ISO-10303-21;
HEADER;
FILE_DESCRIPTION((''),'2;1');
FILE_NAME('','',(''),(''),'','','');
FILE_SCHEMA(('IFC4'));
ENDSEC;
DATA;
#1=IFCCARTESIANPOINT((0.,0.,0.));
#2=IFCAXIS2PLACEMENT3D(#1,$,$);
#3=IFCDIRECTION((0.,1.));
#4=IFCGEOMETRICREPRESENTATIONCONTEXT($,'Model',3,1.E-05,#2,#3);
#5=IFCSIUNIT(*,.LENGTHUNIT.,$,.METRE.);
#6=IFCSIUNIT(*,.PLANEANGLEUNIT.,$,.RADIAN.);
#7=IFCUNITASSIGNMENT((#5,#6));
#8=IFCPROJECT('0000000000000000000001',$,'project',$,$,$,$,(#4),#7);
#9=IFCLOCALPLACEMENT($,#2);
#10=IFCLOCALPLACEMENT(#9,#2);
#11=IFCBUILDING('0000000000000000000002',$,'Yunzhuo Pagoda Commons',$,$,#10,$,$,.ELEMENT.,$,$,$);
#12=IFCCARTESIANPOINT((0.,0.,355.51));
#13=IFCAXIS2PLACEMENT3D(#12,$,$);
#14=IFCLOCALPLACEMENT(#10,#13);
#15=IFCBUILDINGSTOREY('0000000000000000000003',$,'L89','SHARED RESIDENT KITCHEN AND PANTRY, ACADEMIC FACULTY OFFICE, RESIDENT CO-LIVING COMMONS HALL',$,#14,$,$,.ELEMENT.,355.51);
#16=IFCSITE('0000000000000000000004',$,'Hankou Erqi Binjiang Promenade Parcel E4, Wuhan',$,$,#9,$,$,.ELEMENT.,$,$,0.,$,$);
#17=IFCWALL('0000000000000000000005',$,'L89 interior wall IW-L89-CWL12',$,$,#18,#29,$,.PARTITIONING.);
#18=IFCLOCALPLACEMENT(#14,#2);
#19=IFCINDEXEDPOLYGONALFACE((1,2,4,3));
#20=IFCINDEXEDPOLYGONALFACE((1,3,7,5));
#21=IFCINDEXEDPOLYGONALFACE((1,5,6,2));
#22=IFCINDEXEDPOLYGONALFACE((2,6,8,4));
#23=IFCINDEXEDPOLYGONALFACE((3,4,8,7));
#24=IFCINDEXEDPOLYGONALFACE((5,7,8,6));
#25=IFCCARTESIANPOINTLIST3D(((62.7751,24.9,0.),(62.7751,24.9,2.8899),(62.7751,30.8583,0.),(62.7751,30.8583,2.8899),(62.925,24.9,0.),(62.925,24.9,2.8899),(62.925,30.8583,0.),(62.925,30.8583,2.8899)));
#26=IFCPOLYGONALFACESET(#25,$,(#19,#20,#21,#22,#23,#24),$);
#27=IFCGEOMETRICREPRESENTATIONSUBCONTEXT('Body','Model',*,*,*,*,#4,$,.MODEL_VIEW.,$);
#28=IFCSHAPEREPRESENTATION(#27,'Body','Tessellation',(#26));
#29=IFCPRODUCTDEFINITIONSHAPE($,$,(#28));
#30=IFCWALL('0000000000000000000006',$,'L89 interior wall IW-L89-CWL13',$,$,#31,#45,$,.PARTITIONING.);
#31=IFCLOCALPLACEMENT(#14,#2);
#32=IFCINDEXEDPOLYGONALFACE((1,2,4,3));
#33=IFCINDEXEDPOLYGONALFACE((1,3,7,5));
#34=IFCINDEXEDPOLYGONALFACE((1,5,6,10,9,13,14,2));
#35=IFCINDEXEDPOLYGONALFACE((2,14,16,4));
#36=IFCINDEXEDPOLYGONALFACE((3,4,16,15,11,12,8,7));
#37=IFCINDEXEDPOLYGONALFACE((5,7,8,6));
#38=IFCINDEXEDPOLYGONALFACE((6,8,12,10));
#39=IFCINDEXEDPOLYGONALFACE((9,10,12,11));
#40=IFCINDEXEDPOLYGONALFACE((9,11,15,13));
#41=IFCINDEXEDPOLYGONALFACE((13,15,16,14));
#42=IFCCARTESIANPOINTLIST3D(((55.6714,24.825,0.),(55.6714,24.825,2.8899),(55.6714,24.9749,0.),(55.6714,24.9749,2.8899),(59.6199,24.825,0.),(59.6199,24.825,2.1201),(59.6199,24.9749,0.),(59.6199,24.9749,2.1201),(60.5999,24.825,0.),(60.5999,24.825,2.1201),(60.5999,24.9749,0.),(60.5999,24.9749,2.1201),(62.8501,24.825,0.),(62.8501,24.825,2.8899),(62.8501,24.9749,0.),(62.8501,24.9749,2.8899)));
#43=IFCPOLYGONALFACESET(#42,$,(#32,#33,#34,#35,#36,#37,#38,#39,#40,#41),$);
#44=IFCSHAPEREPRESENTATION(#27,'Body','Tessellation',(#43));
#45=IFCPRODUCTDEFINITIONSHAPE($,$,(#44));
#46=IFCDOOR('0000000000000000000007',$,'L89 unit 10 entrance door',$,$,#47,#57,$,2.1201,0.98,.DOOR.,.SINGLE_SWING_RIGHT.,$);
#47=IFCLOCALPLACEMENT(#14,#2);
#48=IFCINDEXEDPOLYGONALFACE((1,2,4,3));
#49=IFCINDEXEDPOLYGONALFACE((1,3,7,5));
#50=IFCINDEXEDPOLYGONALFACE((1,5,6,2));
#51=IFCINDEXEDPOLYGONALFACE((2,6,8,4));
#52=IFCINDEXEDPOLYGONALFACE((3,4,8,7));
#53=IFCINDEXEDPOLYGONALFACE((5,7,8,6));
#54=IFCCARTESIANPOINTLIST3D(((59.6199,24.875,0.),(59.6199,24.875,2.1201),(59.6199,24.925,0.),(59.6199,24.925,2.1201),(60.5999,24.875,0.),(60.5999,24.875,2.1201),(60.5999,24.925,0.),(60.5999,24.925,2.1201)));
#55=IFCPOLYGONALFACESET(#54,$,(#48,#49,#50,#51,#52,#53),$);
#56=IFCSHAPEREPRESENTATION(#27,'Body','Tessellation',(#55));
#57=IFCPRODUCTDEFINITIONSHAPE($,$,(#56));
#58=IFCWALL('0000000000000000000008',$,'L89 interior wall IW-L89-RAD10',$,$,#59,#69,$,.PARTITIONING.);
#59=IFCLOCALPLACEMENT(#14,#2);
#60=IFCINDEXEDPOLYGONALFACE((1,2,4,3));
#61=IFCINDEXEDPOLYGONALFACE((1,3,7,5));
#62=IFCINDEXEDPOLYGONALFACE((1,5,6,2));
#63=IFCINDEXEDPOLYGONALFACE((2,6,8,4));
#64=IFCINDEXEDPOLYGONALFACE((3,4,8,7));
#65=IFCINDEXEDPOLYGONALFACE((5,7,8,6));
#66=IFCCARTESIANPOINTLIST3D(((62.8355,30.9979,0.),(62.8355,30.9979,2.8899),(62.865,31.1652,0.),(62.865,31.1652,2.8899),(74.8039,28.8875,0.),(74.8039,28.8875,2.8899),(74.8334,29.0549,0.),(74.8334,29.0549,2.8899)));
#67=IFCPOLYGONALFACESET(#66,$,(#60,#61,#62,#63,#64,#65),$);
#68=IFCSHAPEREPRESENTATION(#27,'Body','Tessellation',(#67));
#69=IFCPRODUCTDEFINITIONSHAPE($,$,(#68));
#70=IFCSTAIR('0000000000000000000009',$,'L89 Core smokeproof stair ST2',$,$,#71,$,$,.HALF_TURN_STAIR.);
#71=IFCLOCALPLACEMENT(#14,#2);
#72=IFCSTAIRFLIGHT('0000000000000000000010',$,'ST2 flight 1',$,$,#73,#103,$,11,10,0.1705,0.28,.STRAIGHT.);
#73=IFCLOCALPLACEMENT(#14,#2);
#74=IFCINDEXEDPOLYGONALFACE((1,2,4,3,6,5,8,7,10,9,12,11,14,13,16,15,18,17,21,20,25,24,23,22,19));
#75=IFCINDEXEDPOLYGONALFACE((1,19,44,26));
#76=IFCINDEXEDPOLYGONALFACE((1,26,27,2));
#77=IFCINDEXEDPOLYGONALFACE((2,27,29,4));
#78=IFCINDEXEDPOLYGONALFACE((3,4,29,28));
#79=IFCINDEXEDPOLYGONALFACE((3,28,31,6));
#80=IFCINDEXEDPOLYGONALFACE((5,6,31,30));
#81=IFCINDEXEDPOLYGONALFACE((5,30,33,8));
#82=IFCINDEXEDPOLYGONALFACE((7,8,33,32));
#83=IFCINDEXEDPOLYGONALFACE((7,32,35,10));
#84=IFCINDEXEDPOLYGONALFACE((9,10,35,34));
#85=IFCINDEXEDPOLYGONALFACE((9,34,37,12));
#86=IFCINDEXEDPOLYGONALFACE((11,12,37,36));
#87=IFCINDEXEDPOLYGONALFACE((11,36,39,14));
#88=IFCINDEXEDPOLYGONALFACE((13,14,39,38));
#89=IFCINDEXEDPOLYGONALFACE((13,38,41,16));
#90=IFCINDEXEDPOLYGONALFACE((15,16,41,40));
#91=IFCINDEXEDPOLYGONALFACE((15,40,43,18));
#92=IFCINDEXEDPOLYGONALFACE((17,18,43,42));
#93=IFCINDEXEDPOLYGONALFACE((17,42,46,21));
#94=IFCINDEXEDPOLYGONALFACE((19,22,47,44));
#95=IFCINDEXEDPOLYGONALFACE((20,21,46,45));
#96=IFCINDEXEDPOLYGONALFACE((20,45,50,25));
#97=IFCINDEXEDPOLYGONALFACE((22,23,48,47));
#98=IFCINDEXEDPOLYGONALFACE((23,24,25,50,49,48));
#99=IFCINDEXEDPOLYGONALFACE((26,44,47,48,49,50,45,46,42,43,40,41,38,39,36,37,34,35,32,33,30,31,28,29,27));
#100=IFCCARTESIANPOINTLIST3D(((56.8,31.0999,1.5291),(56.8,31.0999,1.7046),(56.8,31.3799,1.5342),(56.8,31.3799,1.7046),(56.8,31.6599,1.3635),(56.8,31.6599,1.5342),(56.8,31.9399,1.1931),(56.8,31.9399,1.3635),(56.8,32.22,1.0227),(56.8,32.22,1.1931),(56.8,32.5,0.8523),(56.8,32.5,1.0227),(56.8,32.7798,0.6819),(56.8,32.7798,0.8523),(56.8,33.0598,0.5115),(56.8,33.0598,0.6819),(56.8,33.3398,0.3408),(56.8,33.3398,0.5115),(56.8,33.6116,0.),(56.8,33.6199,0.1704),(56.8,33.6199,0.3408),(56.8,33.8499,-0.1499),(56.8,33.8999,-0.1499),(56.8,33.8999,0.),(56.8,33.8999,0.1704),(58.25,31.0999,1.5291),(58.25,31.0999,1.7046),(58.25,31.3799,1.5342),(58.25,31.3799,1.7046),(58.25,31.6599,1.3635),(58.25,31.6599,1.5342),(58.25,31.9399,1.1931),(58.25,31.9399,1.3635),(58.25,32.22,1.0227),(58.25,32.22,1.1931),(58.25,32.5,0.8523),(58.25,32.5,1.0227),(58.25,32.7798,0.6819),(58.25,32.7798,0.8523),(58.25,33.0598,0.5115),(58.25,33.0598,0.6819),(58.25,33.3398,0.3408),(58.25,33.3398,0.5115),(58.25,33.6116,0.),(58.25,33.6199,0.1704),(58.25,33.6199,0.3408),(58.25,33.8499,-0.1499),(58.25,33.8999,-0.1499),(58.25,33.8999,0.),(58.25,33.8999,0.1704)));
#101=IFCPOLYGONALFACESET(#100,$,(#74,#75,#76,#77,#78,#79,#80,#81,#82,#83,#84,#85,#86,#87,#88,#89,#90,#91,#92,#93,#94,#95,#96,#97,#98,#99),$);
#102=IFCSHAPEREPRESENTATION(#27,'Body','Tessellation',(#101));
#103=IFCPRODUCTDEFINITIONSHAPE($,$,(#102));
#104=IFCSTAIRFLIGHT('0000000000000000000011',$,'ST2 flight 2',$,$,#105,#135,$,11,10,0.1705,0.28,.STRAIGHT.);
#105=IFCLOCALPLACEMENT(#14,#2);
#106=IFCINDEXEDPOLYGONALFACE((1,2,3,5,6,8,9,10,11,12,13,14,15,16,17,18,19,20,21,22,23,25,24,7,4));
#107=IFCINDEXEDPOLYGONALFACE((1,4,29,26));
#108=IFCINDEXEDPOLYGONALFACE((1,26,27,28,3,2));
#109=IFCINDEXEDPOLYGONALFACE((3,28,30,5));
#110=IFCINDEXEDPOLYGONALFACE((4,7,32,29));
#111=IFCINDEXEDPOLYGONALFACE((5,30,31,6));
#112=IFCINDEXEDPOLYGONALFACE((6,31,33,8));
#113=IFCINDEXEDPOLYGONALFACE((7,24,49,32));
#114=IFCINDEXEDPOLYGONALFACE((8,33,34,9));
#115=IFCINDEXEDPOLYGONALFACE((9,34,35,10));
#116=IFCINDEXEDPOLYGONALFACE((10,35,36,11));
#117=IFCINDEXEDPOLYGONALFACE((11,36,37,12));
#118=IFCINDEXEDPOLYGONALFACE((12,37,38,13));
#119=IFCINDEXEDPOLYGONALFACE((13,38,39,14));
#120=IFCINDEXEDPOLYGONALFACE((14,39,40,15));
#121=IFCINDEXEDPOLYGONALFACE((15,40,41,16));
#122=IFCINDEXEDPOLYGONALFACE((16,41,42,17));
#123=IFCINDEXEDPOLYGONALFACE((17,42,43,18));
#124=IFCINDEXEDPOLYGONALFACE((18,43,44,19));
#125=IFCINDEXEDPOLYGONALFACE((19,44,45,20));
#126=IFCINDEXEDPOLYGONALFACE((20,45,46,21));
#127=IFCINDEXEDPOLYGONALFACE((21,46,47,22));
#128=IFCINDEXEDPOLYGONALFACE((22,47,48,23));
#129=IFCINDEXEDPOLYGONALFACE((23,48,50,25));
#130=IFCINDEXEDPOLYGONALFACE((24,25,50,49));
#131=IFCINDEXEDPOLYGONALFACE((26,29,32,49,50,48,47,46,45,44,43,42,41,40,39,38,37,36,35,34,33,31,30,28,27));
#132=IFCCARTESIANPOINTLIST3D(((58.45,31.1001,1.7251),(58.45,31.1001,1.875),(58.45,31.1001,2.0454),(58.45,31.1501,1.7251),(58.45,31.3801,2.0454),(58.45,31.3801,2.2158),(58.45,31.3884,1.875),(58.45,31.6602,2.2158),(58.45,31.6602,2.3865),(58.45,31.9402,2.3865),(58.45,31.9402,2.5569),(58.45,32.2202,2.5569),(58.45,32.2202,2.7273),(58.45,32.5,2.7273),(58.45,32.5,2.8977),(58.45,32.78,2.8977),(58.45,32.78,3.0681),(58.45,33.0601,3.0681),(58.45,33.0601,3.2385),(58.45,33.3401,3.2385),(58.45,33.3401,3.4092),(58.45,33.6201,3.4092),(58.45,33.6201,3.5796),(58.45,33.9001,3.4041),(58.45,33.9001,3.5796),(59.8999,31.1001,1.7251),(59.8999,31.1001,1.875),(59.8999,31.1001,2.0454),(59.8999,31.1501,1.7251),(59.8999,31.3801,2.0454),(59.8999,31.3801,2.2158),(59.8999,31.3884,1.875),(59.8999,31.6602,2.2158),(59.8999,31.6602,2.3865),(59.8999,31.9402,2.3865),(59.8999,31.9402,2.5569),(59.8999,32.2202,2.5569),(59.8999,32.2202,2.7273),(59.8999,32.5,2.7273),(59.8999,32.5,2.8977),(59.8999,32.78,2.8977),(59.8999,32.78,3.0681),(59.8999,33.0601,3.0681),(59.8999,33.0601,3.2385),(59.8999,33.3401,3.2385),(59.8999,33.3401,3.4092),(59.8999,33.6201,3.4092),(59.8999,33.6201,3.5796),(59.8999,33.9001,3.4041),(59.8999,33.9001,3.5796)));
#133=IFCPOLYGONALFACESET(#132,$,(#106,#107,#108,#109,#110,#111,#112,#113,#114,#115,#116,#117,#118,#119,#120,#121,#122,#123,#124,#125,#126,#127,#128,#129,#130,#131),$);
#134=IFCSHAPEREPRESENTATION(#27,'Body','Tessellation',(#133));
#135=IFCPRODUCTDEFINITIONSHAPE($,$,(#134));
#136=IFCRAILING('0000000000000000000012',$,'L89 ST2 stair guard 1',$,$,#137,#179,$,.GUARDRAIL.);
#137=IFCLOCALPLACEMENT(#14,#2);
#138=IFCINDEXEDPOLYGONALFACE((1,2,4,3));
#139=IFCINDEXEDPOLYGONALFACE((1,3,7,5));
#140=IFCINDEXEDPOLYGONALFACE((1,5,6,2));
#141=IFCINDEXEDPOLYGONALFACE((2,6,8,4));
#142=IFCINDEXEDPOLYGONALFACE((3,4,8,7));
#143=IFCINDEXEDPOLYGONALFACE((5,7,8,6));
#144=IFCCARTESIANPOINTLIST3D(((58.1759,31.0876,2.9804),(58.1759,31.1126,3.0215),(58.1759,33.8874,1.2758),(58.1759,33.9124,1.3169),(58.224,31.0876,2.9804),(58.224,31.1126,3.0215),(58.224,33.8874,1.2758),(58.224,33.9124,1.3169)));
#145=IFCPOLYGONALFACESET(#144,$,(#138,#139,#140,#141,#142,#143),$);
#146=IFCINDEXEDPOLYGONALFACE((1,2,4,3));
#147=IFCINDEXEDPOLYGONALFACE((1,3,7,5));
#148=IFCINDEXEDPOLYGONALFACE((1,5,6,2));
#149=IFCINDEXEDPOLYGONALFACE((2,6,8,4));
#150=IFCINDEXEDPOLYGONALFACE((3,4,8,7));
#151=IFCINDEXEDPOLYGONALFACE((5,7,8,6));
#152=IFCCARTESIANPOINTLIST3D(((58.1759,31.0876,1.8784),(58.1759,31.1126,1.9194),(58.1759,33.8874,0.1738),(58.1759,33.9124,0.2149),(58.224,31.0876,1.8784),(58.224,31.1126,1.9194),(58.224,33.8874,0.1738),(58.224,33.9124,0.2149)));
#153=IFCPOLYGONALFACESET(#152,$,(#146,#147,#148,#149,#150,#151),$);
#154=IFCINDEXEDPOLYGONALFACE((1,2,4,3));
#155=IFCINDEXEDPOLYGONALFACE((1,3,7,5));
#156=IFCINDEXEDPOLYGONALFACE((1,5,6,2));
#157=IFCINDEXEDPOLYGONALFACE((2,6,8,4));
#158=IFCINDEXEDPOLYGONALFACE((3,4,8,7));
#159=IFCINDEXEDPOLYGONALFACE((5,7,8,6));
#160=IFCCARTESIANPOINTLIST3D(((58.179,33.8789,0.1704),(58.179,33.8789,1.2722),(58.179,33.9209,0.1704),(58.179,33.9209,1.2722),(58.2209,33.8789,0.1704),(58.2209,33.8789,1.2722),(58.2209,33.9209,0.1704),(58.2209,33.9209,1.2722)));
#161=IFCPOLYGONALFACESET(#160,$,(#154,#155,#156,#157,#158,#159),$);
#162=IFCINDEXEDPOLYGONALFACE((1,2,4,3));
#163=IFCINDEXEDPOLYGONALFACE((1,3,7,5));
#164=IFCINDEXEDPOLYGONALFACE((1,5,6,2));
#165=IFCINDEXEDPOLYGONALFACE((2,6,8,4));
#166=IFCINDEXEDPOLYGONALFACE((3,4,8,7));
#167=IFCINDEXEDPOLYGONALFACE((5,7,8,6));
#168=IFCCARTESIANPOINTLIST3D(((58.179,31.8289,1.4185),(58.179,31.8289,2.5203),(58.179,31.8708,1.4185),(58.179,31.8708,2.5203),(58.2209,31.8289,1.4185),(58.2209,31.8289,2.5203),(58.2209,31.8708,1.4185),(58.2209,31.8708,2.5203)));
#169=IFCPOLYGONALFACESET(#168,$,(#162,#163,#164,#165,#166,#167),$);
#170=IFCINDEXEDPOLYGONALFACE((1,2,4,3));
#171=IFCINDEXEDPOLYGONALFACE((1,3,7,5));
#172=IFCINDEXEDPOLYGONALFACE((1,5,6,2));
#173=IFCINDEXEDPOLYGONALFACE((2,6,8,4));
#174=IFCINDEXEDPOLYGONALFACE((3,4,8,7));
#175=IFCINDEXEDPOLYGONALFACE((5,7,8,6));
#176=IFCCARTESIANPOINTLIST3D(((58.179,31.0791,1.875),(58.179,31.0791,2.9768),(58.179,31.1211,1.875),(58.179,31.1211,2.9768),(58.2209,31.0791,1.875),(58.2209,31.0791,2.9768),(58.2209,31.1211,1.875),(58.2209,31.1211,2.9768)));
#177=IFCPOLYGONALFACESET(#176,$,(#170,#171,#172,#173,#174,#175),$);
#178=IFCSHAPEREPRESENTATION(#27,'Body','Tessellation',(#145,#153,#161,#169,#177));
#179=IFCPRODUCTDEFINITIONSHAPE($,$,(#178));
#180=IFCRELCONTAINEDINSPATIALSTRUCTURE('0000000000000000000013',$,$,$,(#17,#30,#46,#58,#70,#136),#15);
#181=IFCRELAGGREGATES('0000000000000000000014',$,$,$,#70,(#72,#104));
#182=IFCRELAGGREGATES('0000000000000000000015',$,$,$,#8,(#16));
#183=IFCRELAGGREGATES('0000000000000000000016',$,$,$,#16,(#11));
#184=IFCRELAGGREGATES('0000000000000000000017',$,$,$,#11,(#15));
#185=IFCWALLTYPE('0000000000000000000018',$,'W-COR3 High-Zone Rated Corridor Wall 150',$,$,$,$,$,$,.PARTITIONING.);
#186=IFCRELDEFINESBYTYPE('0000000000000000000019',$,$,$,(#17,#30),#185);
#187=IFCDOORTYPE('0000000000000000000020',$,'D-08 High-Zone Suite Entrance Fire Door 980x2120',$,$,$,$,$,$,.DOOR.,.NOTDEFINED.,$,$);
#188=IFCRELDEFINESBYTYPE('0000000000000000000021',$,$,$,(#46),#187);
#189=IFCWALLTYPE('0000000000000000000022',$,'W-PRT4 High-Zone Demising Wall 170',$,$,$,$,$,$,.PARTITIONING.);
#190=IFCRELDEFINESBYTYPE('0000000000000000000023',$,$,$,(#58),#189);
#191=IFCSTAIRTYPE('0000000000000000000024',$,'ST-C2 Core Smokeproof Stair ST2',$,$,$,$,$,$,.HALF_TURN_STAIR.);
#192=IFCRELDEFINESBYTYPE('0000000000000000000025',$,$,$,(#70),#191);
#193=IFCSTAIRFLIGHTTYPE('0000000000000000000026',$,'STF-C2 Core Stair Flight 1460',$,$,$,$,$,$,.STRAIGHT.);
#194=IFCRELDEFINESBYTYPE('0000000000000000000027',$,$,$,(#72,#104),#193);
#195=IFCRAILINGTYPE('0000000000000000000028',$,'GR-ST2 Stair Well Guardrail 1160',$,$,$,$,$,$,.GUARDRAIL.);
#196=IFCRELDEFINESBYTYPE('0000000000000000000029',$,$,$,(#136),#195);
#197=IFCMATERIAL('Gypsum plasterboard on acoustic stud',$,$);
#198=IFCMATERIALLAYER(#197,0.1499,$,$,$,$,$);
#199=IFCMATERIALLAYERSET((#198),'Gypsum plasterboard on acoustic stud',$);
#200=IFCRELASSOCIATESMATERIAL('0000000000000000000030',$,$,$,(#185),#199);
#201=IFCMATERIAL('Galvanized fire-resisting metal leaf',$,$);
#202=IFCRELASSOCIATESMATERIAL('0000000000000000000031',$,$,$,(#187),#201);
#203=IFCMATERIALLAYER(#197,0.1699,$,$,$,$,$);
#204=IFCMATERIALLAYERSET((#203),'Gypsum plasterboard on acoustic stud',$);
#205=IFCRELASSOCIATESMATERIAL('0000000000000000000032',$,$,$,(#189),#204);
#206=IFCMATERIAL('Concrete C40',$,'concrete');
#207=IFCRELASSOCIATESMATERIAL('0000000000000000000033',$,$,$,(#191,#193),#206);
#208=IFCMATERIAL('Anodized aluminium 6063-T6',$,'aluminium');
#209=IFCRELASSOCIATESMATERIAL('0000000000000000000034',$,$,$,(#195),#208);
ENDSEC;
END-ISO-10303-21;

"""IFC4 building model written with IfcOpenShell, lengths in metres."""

from ifc_helpers import new_model, si_unit, direction, frame, frame_2d, origin, origin_with_axes, origin_2d, place, context, subcontext, project, spatial, polyline, rectangle, outline, extrude, source, transform, mapped, material, layer, layer_set, type_object, element, fill, aggregate, save


model = new_model("IFC4")

# Units and contexts
model_context = context("Model", 3, precision=1e-05, world=origin(), true_north=direction((0.0, 1.0)))
body_context = subcontext(model_context, "Body", "Model", "MODEL_VIEW")
ifc_project = project(units=[si_unit("LENGTHUNIT", "METRE"), si_unit("PLANEANGLEUNIT", "RADIAN")], contexts=[model_context])

# Site, building, storey
site_placement = place(None, origin())
site = spatial("IfcSite", under=ifc_project, at=site_placement, Name="Hankou Erqi Binjiang Promenade Parcel E4, Wuhan", CompositionType="ELEMENT", RefElevation=0.0)
building_placement = place(site_placement, origin())
building = spatial("IfcBuilding", under=site, at=building_placement, Name="Yunzhuo Pagoda Commons", CompositionType="ELEMENT")
storey_placement = place(building_placement, frame((0.0, 0.0, 355.51)))
storey = spatial("IfcBuildingStorey", under=building, at=storey_placement, Name="L89", Description="SHARED RESIDENT KITCHEN AND PANTRY, ACADEMIC FACULTY OFFICE, RESIDENT CO-LIVING COMMONS HALL", CompositionType="ELEMENT", Elevation=355.51)

# Shared definitions
ifc_material_1 = material(Name="Anodized aluminium 6063-T6", Category="aluminium")

# Wall
ifc_material_2 = material(Name="Gypsum plasterboard on acoustic stud")
ifc_layer_1 = layer(ifc_material_2, 0.1499)
ifc_layer_set_1 = layer_set([ifc_layer_1], Name="Gypsum plasterboard on acoustic stud")
wall_type_1 = type_object("IfcWallType", Name="W-COR3 High-Zone Rated Corridor Wall 150", PredefinedType="PARTITIONING", material=ifc_layer_set_1)
wall_1_placement = place(storey_placement, frame((62.8501, 30.8582, 0.0), z_axis=(0.0, 0.0, 1.0), x_axis=(0.0, -1.0, 0.0)))
element("IfcWall", 1, at=wall_1_placement, inside=storey, type_object=wall_type_1, Name="L89 interior wall IW-L89-CWL12", PredefinedType="PARTITIONING", context=body_context, shape_type="SweptSolid", body=[
    extrude(rectangle(XDim=5.9583, YDim=0.1499, at=frame_2d((2.979, 0.0))), origin(), (0.0, 0.0, 1.0), 2.8899),
])

# Wall, opening, door
wall_2_placement = place(storey_placement, frame((62.8501, 24.8999, 0.0), z_axis=(0.0, 0.0, 1.0), x_axis=(-1.0, 0.0, 0.0)))
wall_2 = element("IfcWall", 2, at=wall_2_placement, inside=storey, type_object=wall_type_1, Name="L89 interior wall IW-L89-CWL13", PredefinedType="PARTITIONING", context=body_context, shape_type="SweptSolid", body=[
    extrude(rectangle(XDim=7.1787, YDim=0.1499, at=frame_2d((3.5894, 0.0))), origin(), (0.0, 0.0, 1.0), 2.8899),
])
opening_placement = place(wall_2_placement, frame((2.2502, 0.0, 0.0)))
opening = element("IfcOpeningElement", 3, at=opening_placement, cuts=wall_2, PredefinedType="OPENING", context=body_context, shape_type="SweptSolid", body=[
    extrude(rectangle(XDim=0.98, YDim=2.1201, at=frame_2d((0.49, 1.0601))), frame((0.0, 0.085, 0.0), z_axis=(0.0, -1.0, 0.0), x_axis=(1.0, 0.0, 0.0)), (0.0, 0.0, 1.0), 0.1699),
])
ifc_material_3 = material(Name="Galvanized fire-resisting metal leaf")
door_type = type_object("IfcDoorType", Name="D-08 High-Zone Suite Entrance Fire Door 980x2120", OperationType="NOTDEFINED", PredefinedType="DOOR", material=ifc_material_3)
shared_shape_1 = source(origin(), body_context, "Body", "SweptSolid", [
    extrude(rectangle(XDim=0.98, YDim=2.1201, at=frame_2d((0.49, 1.0601))), frame((0.0, 0.0249, 0.0), z_axis=(0.0, -1.0, 0.0), x_axis=(1.0, 0.0, 0.0)), (0.0, 0.0, 1.0), 0.05),
])
door_placement = place(opening_placement, origin_with_axes())
door = element("IfcDoor", 4, at=door_placement, inside=storey, type_object=door_type, Name="L89 unit 10 entrance door", OperationType="SINGLE_SWING_RIGHT", OverallHeight=2.1201, OverallWidth=0.98, PredefinedType="DOOR", context=body_context, shape_type="MappedRepresentation", body=[
    mapped(shared_shape_1, transform((0.0, 0.0, 0.0), scale=1.0)),
])
fill(opening, door)

# Wall
ifc_layer_2 = layer(ifc_material_2, 0.1699)
ifc_layer_set_2 = layer_set([ifc_layer_2], Name="Gypsum plasterboard on acoustic stud")
wall_type_2 = type_object("IfcWallType", Name="W-PRT4 High-Zone Demising Wall 170", PredefinedType="PARTITIONING", material=ifc_layer_set_2)
wall_3_placement = place(storey_placement, frame((62.8501, 31.0815, 0.0), z_axis=(0.0, 0.0, 1.0), x_axis=(0.984808, -0.173647, 0.0)))
element("IfcWall", 5, at=wall_3_placement, inside=storey, type_object=wall_type_2, Name="L89 interior wall IW-L89-RAD10", PredefinedType="PARTITIONING", context=body_context, shape_type="SweptSolid", body=[
    extrude(rectangle(XDim=12.1531, YDim=0.1699, at=frame_2d((6.0767, 0.0))), origin(), (0.0, 0.0, 1.0), 2.8899),
])

# Stair, stair flights
ifc_material_4 = material(Name="Concrete C40", Category="concrete")
stair_type = type_object("IfcStairType", Name="ST-C2 Core Smokeproof Stair ST2", PredefinedType="HALF_TURN_STAIR", material=ifc_material_4)
stair_placement = place(storey_placement, origin())
stair = element("IfcStair", 6, at=stair_placement, inside=storey, type_object=stair_type, Name="L89 Core smokeproof stair ST2", PredefinedType="HALF_TURN_STAIR")
stair_flight_type = type_object("IfcStairFlightType", Name="STF-C2 Core Stair Flight 1460", PredefinedType="STRAIGHT", material=ifc_material_4)
shared_shape_2 = source(origin(), body_context, "Body", "SweptSolid", [
    extrude(outline(polyline([(0.0, -0.1499), (0.0, 0.0), (0.0, 0.1704), (0.28, 0.1704), (0.28, 0.3408), (0.5601, 0.3408), (0.5601, 0.5115), (0.8401, 0.5115), (0.8401, 0.6819), (1.1201, 0.6819), (1.1201, 0.8523), (1.3999, 0.8523), (1.3999, 1.0227), (1.6799, 1.0227), (1.6799, 1.1931), (1.96, 1.1931), (1.96, 1.3635), (2.24, 1.3635), (2.24, 1.5342), (2.52, 1.5342), (2.52, 1.7046), (2.8, 1.7046), (2.8, 1.875), (2.8, 1.5291), (0.2883, 0.0), (0.05, -0.1499), (0.0, -0.1499)])), frame((0.0, 0.7251, 0.0), z_axis=(0.0, -1.0, 0.0), x_axis=(1.0, 0.0, 0.0)), (0.0, 0.0, 1.0), 1.45),
])
stair_flight_1_placement = place(storey_placement, frame((57.5249, 33.8999, 0.0), z_axis=(0.0, 0.0, 1.0), x_axis=(0.0, -1.0, 0.0)))
stair_flight_1 = element("IfcStairFlight", 7, at=stair_flight_1_placement, type_object=stair_flight_type, Name="ST2 flight 1", NumberOfRisers=11, NumberOfTreads=10, PredefinedType="STRAIGHT", RiserHeight=0.1705, TreadLength=0.28, context=body_context, shape_type="MappedRepresentation", body=[
    mapped(shared_shape_2, transform((0.0, 0.0, 0.0), scale=1.0)),
])
stair_flight_2_placement = place(storey_placement, frame((59.175, 31.1001, 1.875), z_axis=(0.0, 0.0, 1.0), x_axis=(0.0, 1.0, 0.0)))
stair_flight_2 = element("IfcStairFlight", 8, at=stair_flight_2_placement, type_object=stair_flight_type, Name="ST2 flight 2", NumberOfRisers=11, NumberOfTreads=10, PredefinedType="STRAIGHT", RiserHeight=0.1705, TreadLength=0.28, context=body_context, shape_type="MappedRepresentation", body=[
    mapped(shared_shape_2, transform((0.0, 0.0, 0.0), scale=1.0)),
])
aggregate(stair, [stair_flight_1, stair_flight_2])

# Railing
railing_type_1 = type_object("IfcRailingType", Name="GR-ST2 Stair Well Guardrail 1160", PredefinedType="GUARDRAIL", material=ifc_material_1)
railing_1_placement = place(storey_placement, frame((58.2, 33.8999, 0.1704)))
element("IfcRailing", 9, at=railing_1_placement, inside=storey, type_object=railing_type_1, Name="L89 ST2 stair guard 1", PredefinedType="GUARDRAIL", context=body_context, shape_type="SweptSolid", body=[
    extrude(rectangle(XDim=0.0481, YDim=0.0481, at=origin_2d()), frame((0.0, 0.0, 1.126), z_axis=(0.0, -0.85415, 0.520027), x_axis=(1.0, 0.0, 0.0)), (0.0, 0.0, 1.0), 3.2778),
    extrude(rectangle(XDim=0.0481, YDim=0.0481, at=origin_2d()), frame((0.0, 0.0, 0.0239), z_axis=(0.0, -0.85415, 0.520027), x_axis=(1.0, 0.0, 0.0)), (0.0, 0.0, 1.0), 3.2778),
    extrude(rectangle(XDim=0.042, YDim=0.042, at=origin_2d()), origin(), (0.0, 0.0, 1.0), 1.1018),
    extrude(rectangle(XDim=0.042, YDim=0.042, at=origin_2d()), frame((0.0, -2.05, 1.248)), (0.0, 0.0, 1.0), 1.1018),
    extrude(rectangle(XDim=0.042, YDim=0.042, at=origin_2d()), frame((0.0, -2.7998, 1.7046)), (0.0, 0.0, 1.0), 1.1018),
])

save(model, "model.ifc")
